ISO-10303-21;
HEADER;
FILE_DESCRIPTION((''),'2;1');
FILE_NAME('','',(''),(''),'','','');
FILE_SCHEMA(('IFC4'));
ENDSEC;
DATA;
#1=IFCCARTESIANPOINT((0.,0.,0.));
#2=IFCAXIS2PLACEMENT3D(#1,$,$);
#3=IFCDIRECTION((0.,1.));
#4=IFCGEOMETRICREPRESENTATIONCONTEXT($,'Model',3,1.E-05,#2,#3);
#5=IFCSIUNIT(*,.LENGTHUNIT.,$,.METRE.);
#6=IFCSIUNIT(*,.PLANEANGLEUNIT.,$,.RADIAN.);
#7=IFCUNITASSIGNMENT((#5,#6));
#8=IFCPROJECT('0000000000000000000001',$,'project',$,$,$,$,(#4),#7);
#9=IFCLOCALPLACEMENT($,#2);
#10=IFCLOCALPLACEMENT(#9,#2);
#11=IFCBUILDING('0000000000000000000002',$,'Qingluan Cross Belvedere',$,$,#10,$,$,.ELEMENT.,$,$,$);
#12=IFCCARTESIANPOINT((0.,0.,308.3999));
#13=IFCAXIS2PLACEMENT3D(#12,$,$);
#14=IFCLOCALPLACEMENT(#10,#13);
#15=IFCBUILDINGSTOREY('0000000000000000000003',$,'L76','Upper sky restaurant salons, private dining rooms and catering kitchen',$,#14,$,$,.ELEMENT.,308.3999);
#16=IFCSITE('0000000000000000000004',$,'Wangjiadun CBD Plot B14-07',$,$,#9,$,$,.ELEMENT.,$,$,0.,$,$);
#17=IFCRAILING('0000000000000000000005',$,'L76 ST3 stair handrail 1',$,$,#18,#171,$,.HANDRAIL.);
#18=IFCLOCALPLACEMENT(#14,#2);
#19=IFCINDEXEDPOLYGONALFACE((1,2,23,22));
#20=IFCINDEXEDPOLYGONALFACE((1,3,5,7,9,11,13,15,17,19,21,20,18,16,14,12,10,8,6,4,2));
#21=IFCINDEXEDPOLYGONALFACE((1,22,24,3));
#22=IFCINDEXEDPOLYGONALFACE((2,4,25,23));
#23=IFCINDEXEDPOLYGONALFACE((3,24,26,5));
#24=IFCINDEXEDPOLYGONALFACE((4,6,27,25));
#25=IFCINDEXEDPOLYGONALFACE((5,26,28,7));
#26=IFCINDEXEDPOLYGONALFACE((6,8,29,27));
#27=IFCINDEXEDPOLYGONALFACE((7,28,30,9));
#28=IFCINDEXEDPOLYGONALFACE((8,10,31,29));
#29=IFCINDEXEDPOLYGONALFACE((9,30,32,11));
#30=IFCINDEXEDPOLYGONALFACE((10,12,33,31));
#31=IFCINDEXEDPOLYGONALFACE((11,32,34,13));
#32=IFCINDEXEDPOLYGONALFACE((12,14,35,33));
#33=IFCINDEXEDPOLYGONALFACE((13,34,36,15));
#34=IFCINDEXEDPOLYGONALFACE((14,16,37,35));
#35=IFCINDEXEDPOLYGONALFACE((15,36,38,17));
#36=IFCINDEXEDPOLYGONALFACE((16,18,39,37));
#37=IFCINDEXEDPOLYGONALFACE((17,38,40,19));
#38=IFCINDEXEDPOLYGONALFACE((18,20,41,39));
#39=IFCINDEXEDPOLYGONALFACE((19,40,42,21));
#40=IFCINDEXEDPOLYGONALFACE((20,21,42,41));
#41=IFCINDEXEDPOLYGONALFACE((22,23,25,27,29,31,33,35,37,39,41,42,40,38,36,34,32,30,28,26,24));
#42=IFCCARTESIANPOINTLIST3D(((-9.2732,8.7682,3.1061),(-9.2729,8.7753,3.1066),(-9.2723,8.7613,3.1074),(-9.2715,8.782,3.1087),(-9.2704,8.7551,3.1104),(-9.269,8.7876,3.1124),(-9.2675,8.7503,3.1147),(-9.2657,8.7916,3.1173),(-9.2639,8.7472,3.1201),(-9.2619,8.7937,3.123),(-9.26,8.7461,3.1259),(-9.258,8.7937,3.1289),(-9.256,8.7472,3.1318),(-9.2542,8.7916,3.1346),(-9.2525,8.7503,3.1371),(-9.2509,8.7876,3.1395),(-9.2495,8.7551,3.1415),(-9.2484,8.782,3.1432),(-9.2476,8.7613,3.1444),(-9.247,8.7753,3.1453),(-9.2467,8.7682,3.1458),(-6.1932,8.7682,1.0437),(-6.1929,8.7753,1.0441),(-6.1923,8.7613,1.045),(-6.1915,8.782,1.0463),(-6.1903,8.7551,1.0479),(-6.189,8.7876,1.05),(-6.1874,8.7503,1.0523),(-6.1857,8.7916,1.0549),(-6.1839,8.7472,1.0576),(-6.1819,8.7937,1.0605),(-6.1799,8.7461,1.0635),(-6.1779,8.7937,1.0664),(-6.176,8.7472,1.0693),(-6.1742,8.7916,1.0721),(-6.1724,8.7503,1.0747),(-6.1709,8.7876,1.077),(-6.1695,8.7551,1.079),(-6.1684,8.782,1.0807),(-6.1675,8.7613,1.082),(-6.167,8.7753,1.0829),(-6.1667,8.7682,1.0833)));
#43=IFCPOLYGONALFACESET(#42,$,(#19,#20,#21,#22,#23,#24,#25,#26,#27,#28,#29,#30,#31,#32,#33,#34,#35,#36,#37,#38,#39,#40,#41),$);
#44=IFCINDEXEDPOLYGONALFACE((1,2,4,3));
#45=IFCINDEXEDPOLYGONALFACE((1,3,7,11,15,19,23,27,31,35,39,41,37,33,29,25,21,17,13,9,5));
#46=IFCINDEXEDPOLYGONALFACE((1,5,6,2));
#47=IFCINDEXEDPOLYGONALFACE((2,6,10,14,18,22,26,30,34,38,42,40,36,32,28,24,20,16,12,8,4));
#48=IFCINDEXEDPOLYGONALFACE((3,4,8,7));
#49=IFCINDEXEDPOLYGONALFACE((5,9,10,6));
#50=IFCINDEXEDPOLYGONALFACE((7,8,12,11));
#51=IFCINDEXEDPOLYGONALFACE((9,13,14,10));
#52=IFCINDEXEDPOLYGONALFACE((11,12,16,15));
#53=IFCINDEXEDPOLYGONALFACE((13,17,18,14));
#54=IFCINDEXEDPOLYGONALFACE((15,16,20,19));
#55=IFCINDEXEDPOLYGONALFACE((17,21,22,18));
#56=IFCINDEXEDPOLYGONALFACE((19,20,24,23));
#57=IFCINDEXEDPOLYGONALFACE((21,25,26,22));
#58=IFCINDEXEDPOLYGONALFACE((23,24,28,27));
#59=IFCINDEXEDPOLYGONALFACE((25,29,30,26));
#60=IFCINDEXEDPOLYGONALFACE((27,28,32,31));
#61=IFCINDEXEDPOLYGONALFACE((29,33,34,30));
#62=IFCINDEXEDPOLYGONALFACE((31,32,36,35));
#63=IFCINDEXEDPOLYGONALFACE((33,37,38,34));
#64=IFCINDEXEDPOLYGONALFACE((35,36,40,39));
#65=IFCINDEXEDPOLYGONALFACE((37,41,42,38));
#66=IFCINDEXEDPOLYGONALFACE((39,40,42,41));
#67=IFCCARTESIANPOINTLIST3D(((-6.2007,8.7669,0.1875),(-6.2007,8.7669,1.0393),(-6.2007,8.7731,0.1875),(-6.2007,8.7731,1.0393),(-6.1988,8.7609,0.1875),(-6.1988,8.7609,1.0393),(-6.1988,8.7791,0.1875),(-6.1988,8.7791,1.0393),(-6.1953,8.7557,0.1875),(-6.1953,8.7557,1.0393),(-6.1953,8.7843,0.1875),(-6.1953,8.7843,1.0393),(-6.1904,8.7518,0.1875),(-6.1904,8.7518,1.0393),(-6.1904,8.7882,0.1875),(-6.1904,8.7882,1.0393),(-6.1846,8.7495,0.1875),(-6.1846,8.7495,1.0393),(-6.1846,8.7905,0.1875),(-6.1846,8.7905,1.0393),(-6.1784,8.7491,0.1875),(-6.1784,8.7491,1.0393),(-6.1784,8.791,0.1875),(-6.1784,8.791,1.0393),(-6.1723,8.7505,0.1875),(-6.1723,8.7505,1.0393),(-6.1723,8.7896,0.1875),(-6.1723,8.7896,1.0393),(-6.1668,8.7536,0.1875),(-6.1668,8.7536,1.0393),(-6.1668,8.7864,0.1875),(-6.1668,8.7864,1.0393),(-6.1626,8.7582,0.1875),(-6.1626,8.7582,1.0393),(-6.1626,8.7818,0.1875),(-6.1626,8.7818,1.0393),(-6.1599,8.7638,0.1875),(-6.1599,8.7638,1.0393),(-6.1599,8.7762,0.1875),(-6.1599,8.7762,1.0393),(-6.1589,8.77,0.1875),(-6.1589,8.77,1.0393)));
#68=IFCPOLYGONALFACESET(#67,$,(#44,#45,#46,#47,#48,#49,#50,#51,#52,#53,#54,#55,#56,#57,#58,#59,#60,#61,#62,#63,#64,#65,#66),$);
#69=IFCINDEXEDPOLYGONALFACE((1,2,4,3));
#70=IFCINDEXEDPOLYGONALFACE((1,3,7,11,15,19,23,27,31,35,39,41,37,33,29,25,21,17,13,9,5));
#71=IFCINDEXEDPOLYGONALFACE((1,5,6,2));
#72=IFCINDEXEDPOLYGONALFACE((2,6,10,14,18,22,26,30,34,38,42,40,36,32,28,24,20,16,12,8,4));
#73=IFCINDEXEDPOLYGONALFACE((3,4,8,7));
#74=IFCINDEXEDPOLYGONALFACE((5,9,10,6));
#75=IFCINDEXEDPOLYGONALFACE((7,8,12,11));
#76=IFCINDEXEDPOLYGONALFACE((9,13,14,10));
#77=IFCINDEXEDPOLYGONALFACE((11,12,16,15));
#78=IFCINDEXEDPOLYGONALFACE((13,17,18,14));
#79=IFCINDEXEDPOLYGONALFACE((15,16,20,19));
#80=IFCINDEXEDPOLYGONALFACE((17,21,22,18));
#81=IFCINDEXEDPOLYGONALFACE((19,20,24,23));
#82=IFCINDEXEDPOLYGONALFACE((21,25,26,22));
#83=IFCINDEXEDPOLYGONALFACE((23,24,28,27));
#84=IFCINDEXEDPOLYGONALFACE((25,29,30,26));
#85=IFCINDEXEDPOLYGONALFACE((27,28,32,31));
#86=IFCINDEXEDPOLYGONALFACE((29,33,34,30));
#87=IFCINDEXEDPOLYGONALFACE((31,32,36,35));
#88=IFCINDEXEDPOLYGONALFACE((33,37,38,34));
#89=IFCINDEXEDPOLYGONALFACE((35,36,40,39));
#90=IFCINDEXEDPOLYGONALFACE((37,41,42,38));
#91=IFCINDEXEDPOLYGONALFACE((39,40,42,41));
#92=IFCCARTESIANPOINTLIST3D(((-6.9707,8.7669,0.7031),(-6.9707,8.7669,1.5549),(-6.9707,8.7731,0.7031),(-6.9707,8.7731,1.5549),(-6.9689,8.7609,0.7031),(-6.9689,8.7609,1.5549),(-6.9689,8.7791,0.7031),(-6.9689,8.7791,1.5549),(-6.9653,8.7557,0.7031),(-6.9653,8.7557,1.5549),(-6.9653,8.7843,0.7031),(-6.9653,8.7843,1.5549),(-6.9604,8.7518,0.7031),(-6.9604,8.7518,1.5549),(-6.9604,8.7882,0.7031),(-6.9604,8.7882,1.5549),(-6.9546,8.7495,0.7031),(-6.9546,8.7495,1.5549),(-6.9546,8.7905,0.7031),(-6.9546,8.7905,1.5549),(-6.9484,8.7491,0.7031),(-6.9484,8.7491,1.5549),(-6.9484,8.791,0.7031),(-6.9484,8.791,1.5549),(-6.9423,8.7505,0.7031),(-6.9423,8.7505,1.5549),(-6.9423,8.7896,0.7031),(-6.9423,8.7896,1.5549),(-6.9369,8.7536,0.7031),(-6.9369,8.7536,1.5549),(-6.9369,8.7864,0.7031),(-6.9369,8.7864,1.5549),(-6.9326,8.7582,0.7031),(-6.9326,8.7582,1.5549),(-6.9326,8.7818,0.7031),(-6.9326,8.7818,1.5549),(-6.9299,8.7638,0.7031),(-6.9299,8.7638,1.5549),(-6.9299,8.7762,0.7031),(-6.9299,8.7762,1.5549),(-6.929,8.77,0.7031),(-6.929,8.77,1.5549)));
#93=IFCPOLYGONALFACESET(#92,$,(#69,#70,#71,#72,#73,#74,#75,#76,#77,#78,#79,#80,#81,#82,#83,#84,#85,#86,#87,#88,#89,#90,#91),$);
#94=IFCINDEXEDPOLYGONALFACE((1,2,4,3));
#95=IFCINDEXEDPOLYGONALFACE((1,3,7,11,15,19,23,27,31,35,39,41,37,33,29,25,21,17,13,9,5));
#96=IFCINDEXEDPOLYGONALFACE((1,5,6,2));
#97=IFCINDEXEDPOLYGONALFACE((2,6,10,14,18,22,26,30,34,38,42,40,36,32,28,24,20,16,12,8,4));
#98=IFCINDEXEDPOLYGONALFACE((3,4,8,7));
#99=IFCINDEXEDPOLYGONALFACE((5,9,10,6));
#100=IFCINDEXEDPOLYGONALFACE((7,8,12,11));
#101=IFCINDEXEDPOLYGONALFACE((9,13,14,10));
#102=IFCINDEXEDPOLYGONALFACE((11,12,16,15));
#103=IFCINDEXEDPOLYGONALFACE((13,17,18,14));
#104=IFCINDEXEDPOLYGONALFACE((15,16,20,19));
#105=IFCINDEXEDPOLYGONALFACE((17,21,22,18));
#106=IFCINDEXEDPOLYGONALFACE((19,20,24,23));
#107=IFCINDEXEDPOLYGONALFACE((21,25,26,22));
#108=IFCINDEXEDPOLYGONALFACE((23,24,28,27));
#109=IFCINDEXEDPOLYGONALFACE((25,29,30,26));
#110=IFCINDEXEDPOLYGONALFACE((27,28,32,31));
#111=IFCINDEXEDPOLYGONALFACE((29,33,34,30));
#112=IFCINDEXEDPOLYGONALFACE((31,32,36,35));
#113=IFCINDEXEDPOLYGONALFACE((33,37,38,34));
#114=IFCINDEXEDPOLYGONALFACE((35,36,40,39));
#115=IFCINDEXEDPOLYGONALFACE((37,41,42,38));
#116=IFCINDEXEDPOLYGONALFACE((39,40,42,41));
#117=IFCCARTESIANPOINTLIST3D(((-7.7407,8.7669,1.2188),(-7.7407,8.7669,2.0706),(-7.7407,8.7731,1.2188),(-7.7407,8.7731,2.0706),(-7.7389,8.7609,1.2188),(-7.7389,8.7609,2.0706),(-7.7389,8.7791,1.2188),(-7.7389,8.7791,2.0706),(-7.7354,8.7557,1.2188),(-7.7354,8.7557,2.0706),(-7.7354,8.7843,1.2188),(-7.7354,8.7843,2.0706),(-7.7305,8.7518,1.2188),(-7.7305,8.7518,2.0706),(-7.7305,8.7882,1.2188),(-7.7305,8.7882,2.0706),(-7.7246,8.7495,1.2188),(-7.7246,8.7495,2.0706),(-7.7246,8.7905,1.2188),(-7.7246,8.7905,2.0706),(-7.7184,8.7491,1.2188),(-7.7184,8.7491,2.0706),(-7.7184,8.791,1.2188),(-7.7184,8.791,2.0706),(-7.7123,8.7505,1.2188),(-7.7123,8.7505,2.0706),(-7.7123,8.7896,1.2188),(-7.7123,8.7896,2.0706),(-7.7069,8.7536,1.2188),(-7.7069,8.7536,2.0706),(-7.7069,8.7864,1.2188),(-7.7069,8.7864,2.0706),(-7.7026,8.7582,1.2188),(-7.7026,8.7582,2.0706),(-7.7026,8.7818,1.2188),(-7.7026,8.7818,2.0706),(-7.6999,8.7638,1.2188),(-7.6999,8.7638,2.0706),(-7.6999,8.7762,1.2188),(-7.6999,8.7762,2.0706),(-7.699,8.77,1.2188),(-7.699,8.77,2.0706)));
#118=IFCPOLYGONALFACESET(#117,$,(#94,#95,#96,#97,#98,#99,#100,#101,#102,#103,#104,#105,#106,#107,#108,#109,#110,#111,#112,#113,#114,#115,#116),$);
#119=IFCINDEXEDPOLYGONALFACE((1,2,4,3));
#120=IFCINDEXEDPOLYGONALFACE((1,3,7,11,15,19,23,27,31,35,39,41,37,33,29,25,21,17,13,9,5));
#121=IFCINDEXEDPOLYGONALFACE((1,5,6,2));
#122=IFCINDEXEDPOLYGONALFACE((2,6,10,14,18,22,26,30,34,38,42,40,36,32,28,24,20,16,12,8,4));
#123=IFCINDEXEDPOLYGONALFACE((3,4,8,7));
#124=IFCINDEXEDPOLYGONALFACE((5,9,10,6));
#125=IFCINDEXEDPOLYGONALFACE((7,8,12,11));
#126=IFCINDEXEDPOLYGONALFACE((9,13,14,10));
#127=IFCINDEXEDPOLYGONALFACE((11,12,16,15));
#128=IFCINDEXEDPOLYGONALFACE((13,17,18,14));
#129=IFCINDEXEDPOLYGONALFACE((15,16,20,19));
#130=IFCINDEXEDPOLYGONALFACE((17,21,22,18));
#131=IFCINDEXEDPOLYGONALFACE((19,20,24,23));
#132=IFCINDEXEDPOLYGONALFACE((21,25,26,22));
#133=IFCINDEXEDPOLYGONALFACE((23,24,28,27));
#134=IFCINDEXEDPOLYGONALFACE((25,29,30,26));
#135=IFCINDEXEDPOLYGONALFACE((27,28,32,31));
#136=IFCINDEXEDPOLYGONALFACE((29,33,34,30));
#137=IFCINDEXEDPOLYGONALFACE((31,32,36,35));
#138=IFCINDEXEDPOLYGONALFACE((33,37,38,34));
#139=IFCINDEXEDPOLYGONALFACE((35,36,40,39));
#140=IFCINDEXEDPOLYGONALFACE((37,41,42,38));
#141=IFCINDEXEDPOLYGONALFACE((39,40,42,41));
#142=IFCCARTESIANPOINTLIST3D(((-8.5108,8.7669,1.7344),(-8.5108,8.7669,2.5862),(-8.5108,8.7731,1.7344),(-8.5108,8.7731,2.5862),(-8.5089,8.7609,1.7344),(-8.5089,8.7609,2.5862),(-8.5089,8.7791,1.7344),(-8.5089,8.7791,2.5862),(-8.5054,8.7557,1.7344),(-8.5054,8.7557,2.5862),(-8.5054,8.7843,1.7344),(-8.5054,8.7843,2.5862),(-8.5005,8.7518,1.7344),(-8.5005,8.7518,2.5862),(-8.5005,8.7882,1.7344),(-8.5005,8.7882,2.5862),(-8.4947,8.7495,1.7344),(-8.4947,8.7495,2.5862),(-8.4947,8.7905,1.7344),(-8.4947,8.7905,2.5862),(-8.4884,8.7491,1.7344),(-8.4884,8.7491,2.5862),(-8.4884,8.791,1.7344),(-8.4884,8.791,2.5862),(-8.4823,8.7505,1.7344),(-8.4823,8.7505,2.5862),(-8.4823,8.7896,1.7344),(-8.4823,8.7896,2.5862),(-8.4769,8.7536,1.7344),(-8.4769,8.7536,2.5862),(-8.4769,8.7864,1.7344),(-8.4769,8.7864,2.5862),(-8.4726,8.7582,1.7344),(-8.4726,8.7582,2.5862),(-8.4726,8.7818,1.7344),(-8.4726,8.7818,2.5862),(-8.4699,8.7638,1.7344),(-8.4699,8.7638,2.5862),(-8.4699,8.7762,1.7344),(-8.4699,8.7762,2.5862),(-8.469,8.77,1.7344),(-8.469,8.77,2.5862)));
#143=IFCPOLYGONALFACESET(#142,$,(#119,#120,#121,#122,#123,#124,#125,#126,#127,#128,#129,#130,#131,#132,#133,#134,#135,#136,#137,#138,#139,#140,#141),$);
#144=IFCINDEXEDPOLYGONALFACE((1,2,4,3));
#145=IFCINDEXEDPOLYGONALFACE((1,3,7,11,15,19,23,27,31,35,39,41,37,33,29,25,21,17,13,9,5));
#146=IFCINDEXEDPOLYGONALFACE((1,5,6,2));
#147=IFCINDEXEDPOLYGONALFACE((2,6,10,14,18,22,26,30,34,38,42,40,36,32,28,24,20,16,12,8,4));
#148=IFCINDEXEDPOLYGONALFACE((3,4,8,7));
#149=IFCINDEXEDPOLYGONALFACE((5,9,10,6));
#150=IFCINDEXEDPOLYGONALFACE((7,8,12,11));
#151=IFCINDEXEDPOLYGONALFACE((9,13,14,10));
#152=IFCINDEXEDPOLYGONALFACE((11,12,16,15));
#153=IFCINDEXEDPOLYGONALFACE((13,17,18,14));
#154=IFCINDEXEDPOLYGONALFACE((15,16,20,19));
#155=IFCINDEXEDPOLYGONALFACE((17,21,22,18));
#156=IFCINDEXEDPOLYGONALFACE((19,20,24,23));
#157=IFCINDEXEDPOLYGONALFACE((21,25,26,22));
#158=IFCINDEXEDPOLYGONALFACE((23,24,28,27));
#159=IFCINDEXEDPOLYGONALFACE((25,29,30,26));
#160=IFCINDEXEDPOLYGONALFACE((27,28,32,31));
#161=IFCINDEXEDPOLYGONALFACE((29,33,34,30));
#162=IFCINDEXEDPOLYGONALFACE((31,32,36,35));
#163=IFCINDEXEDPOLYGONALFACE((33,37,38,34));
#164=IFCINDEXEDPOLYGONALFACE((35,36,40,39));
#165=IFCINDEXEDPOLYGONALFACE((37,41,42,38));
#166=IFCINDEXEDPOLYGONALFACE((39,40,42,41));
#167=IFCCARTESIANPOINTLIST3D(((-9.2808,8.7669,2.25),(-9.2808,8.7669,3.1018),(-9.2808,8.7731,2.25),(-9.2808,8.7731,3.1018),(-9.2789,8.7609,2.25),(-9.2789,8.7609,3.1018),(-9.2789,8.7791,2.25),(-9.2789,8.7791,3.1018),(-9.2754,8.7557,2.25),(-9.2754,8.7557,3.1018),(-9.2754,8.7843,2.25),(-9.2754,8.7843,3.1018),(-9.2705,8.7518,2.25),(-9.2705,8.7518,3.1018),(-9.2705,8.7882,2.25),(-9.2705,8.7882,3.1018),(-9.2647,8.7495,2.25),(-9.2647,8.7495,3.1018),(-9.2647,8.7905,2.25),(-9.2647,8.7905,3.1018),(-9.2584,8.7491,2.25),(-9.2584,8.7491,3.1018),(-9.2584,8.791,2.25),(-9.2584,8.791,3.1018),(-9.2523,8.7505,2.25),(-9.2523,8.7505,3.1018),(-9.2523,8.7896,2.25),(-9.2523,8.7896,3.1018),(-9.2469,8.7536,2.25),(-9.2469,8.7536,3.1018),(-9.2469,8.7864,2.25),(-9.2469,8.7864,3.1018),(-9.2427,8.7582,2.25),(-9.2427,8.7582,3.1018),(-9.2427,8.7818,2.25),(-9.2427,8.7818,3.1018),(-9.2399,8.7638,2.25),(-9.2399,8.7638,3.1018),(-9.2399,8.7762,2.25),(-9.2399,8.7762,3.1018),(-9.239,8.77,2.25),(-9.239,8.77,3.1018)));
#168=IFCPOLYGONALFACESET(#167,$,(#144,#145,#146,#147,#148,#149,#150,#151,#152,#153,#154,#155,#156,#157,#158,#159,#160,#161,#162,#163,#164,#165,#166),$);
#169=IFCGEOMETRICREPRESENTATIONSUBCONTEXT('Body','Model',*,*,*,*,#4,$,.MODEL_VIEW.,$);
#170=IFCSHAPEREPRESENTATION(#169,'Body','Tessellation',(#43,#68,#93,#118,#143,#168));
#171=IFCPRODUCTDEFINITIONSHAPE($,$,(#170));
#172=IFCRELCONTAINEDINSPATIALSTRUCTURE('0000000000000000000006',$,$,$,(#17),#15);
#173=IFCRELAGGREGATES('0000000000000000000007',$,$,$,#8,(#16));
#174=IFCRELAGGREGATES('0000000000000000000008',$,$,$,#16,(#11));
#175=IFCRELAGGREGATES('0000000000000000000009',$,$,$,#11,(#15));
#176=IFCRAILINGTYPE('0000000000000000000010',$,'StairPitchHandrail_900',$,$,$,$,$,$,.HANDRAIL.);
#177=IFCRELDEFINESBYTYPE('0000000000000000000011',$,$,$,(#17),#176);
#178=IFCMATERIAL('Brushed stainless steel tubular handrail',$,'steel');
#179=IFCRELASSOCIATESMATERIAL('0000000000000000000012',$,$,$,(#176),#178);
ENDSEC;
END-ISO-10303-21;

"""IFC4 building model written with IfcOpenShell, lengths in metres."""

from ifc_helpers import new_model, si_unit, direction, frame, origin, origin_2d, place, context, subcontext, project, spatial, circle, extrude, material, type_object, element, save


model = new_model("IFC4")

# Units and contexts
model_context = context("Model", 3, precision=1e-05, world=origin(), true_north=direction((0.0, 1.0)))
body_context = subcontext(model_context, "Body", "Model", "MODEL_VIEW")
ifc_project = project(units=[si_unit("LENGTHUNIT", "METRE"), si_unit("PLANEANGLEUNIT", "RADIAN")], contexts=[model_context])

# Site, building, storey
site_placement = place(None, origin())
site = spatial("IfcSite", under=ifc_project, at=site_placement, Name="Wangjiadun CBD Plot B14-07", CompositionType="ELEMENT", RefElevation=0.0)
building_placement = place(site_placement, origin())
building = spatial("IfcBuilding", under=site, at=building_placement, Name="Qingluan Cross Belvedere", CompositionType="ELEMENT")
storey_placement = place(building_placement, frame((0.0, 0.0, 308.3999)))
storey = spatial("IfcBuildingStorey", under=building, at=storey_placement, Name="L76", Description="Upper sky restaurant salons, private dining rooms and catering kitchen", CompositionType="ELEMENT", Elevation=308.3999)

# Railing
ifc_material_1 = material(Name="Brushed stainless steel tubular handrail", Category="steel")
railing_type_1 = type_object("IfcRailingType", Name="StairPitchHandrail_900", PredefinedType="HANDRAIL", material=ifc_material_1)
railing_1_placement = place(storey_placement, frame((-6.1799, 8.77, 0.1875)))
element("IfcRailing", 1, at=railing_1_placement, inside=storey, type_object=railing_type_1, Name="L76 ST3 stair handrail 1", PredefinedType="HANDRAIL", context=body_context, shape_type="SweptSolid", body=[
    extrude(circle(Radius=0.0239, at=origin_2d()), frame((0.0, 0.0, 0.876), z_axis=(-0.830914, 0.0, 0.556401), x_axis=(0.0, -1.0, 0.0)), (0.0, 0.0, 1.0), 3.7068),
    extrude(circle(Radius=0.021, at=origin_2d()), origin(), (0.0, 0.0, 1.0), 0.8518),
    extrude(circle(Radius=0.021, at=origin_2d()), frame((-0.77, 0.0, 0.5156)), (0.0, 0.0, 1.0), 0.8518),
    extrude(circle(Radius=0.021, at=origin_2d()), frame((-1.54, 0.0, 1.0312)), (0.0, 0.0, 1.0), 0.8518),
    extrude(circle(Radius=0.021, at=origin_2d()), frame((-2.3101, 0.0, 1.5469)), (0.0, 0.0, 1.0), 0.8518),
    extrude(circle(Radius=0.021, at=origin_2d()), frame((-3.0801, 0.0, 2.0625)), (0.0, 0.0, 1.0), 0.8518),
])

save(model, "model.ifc")
